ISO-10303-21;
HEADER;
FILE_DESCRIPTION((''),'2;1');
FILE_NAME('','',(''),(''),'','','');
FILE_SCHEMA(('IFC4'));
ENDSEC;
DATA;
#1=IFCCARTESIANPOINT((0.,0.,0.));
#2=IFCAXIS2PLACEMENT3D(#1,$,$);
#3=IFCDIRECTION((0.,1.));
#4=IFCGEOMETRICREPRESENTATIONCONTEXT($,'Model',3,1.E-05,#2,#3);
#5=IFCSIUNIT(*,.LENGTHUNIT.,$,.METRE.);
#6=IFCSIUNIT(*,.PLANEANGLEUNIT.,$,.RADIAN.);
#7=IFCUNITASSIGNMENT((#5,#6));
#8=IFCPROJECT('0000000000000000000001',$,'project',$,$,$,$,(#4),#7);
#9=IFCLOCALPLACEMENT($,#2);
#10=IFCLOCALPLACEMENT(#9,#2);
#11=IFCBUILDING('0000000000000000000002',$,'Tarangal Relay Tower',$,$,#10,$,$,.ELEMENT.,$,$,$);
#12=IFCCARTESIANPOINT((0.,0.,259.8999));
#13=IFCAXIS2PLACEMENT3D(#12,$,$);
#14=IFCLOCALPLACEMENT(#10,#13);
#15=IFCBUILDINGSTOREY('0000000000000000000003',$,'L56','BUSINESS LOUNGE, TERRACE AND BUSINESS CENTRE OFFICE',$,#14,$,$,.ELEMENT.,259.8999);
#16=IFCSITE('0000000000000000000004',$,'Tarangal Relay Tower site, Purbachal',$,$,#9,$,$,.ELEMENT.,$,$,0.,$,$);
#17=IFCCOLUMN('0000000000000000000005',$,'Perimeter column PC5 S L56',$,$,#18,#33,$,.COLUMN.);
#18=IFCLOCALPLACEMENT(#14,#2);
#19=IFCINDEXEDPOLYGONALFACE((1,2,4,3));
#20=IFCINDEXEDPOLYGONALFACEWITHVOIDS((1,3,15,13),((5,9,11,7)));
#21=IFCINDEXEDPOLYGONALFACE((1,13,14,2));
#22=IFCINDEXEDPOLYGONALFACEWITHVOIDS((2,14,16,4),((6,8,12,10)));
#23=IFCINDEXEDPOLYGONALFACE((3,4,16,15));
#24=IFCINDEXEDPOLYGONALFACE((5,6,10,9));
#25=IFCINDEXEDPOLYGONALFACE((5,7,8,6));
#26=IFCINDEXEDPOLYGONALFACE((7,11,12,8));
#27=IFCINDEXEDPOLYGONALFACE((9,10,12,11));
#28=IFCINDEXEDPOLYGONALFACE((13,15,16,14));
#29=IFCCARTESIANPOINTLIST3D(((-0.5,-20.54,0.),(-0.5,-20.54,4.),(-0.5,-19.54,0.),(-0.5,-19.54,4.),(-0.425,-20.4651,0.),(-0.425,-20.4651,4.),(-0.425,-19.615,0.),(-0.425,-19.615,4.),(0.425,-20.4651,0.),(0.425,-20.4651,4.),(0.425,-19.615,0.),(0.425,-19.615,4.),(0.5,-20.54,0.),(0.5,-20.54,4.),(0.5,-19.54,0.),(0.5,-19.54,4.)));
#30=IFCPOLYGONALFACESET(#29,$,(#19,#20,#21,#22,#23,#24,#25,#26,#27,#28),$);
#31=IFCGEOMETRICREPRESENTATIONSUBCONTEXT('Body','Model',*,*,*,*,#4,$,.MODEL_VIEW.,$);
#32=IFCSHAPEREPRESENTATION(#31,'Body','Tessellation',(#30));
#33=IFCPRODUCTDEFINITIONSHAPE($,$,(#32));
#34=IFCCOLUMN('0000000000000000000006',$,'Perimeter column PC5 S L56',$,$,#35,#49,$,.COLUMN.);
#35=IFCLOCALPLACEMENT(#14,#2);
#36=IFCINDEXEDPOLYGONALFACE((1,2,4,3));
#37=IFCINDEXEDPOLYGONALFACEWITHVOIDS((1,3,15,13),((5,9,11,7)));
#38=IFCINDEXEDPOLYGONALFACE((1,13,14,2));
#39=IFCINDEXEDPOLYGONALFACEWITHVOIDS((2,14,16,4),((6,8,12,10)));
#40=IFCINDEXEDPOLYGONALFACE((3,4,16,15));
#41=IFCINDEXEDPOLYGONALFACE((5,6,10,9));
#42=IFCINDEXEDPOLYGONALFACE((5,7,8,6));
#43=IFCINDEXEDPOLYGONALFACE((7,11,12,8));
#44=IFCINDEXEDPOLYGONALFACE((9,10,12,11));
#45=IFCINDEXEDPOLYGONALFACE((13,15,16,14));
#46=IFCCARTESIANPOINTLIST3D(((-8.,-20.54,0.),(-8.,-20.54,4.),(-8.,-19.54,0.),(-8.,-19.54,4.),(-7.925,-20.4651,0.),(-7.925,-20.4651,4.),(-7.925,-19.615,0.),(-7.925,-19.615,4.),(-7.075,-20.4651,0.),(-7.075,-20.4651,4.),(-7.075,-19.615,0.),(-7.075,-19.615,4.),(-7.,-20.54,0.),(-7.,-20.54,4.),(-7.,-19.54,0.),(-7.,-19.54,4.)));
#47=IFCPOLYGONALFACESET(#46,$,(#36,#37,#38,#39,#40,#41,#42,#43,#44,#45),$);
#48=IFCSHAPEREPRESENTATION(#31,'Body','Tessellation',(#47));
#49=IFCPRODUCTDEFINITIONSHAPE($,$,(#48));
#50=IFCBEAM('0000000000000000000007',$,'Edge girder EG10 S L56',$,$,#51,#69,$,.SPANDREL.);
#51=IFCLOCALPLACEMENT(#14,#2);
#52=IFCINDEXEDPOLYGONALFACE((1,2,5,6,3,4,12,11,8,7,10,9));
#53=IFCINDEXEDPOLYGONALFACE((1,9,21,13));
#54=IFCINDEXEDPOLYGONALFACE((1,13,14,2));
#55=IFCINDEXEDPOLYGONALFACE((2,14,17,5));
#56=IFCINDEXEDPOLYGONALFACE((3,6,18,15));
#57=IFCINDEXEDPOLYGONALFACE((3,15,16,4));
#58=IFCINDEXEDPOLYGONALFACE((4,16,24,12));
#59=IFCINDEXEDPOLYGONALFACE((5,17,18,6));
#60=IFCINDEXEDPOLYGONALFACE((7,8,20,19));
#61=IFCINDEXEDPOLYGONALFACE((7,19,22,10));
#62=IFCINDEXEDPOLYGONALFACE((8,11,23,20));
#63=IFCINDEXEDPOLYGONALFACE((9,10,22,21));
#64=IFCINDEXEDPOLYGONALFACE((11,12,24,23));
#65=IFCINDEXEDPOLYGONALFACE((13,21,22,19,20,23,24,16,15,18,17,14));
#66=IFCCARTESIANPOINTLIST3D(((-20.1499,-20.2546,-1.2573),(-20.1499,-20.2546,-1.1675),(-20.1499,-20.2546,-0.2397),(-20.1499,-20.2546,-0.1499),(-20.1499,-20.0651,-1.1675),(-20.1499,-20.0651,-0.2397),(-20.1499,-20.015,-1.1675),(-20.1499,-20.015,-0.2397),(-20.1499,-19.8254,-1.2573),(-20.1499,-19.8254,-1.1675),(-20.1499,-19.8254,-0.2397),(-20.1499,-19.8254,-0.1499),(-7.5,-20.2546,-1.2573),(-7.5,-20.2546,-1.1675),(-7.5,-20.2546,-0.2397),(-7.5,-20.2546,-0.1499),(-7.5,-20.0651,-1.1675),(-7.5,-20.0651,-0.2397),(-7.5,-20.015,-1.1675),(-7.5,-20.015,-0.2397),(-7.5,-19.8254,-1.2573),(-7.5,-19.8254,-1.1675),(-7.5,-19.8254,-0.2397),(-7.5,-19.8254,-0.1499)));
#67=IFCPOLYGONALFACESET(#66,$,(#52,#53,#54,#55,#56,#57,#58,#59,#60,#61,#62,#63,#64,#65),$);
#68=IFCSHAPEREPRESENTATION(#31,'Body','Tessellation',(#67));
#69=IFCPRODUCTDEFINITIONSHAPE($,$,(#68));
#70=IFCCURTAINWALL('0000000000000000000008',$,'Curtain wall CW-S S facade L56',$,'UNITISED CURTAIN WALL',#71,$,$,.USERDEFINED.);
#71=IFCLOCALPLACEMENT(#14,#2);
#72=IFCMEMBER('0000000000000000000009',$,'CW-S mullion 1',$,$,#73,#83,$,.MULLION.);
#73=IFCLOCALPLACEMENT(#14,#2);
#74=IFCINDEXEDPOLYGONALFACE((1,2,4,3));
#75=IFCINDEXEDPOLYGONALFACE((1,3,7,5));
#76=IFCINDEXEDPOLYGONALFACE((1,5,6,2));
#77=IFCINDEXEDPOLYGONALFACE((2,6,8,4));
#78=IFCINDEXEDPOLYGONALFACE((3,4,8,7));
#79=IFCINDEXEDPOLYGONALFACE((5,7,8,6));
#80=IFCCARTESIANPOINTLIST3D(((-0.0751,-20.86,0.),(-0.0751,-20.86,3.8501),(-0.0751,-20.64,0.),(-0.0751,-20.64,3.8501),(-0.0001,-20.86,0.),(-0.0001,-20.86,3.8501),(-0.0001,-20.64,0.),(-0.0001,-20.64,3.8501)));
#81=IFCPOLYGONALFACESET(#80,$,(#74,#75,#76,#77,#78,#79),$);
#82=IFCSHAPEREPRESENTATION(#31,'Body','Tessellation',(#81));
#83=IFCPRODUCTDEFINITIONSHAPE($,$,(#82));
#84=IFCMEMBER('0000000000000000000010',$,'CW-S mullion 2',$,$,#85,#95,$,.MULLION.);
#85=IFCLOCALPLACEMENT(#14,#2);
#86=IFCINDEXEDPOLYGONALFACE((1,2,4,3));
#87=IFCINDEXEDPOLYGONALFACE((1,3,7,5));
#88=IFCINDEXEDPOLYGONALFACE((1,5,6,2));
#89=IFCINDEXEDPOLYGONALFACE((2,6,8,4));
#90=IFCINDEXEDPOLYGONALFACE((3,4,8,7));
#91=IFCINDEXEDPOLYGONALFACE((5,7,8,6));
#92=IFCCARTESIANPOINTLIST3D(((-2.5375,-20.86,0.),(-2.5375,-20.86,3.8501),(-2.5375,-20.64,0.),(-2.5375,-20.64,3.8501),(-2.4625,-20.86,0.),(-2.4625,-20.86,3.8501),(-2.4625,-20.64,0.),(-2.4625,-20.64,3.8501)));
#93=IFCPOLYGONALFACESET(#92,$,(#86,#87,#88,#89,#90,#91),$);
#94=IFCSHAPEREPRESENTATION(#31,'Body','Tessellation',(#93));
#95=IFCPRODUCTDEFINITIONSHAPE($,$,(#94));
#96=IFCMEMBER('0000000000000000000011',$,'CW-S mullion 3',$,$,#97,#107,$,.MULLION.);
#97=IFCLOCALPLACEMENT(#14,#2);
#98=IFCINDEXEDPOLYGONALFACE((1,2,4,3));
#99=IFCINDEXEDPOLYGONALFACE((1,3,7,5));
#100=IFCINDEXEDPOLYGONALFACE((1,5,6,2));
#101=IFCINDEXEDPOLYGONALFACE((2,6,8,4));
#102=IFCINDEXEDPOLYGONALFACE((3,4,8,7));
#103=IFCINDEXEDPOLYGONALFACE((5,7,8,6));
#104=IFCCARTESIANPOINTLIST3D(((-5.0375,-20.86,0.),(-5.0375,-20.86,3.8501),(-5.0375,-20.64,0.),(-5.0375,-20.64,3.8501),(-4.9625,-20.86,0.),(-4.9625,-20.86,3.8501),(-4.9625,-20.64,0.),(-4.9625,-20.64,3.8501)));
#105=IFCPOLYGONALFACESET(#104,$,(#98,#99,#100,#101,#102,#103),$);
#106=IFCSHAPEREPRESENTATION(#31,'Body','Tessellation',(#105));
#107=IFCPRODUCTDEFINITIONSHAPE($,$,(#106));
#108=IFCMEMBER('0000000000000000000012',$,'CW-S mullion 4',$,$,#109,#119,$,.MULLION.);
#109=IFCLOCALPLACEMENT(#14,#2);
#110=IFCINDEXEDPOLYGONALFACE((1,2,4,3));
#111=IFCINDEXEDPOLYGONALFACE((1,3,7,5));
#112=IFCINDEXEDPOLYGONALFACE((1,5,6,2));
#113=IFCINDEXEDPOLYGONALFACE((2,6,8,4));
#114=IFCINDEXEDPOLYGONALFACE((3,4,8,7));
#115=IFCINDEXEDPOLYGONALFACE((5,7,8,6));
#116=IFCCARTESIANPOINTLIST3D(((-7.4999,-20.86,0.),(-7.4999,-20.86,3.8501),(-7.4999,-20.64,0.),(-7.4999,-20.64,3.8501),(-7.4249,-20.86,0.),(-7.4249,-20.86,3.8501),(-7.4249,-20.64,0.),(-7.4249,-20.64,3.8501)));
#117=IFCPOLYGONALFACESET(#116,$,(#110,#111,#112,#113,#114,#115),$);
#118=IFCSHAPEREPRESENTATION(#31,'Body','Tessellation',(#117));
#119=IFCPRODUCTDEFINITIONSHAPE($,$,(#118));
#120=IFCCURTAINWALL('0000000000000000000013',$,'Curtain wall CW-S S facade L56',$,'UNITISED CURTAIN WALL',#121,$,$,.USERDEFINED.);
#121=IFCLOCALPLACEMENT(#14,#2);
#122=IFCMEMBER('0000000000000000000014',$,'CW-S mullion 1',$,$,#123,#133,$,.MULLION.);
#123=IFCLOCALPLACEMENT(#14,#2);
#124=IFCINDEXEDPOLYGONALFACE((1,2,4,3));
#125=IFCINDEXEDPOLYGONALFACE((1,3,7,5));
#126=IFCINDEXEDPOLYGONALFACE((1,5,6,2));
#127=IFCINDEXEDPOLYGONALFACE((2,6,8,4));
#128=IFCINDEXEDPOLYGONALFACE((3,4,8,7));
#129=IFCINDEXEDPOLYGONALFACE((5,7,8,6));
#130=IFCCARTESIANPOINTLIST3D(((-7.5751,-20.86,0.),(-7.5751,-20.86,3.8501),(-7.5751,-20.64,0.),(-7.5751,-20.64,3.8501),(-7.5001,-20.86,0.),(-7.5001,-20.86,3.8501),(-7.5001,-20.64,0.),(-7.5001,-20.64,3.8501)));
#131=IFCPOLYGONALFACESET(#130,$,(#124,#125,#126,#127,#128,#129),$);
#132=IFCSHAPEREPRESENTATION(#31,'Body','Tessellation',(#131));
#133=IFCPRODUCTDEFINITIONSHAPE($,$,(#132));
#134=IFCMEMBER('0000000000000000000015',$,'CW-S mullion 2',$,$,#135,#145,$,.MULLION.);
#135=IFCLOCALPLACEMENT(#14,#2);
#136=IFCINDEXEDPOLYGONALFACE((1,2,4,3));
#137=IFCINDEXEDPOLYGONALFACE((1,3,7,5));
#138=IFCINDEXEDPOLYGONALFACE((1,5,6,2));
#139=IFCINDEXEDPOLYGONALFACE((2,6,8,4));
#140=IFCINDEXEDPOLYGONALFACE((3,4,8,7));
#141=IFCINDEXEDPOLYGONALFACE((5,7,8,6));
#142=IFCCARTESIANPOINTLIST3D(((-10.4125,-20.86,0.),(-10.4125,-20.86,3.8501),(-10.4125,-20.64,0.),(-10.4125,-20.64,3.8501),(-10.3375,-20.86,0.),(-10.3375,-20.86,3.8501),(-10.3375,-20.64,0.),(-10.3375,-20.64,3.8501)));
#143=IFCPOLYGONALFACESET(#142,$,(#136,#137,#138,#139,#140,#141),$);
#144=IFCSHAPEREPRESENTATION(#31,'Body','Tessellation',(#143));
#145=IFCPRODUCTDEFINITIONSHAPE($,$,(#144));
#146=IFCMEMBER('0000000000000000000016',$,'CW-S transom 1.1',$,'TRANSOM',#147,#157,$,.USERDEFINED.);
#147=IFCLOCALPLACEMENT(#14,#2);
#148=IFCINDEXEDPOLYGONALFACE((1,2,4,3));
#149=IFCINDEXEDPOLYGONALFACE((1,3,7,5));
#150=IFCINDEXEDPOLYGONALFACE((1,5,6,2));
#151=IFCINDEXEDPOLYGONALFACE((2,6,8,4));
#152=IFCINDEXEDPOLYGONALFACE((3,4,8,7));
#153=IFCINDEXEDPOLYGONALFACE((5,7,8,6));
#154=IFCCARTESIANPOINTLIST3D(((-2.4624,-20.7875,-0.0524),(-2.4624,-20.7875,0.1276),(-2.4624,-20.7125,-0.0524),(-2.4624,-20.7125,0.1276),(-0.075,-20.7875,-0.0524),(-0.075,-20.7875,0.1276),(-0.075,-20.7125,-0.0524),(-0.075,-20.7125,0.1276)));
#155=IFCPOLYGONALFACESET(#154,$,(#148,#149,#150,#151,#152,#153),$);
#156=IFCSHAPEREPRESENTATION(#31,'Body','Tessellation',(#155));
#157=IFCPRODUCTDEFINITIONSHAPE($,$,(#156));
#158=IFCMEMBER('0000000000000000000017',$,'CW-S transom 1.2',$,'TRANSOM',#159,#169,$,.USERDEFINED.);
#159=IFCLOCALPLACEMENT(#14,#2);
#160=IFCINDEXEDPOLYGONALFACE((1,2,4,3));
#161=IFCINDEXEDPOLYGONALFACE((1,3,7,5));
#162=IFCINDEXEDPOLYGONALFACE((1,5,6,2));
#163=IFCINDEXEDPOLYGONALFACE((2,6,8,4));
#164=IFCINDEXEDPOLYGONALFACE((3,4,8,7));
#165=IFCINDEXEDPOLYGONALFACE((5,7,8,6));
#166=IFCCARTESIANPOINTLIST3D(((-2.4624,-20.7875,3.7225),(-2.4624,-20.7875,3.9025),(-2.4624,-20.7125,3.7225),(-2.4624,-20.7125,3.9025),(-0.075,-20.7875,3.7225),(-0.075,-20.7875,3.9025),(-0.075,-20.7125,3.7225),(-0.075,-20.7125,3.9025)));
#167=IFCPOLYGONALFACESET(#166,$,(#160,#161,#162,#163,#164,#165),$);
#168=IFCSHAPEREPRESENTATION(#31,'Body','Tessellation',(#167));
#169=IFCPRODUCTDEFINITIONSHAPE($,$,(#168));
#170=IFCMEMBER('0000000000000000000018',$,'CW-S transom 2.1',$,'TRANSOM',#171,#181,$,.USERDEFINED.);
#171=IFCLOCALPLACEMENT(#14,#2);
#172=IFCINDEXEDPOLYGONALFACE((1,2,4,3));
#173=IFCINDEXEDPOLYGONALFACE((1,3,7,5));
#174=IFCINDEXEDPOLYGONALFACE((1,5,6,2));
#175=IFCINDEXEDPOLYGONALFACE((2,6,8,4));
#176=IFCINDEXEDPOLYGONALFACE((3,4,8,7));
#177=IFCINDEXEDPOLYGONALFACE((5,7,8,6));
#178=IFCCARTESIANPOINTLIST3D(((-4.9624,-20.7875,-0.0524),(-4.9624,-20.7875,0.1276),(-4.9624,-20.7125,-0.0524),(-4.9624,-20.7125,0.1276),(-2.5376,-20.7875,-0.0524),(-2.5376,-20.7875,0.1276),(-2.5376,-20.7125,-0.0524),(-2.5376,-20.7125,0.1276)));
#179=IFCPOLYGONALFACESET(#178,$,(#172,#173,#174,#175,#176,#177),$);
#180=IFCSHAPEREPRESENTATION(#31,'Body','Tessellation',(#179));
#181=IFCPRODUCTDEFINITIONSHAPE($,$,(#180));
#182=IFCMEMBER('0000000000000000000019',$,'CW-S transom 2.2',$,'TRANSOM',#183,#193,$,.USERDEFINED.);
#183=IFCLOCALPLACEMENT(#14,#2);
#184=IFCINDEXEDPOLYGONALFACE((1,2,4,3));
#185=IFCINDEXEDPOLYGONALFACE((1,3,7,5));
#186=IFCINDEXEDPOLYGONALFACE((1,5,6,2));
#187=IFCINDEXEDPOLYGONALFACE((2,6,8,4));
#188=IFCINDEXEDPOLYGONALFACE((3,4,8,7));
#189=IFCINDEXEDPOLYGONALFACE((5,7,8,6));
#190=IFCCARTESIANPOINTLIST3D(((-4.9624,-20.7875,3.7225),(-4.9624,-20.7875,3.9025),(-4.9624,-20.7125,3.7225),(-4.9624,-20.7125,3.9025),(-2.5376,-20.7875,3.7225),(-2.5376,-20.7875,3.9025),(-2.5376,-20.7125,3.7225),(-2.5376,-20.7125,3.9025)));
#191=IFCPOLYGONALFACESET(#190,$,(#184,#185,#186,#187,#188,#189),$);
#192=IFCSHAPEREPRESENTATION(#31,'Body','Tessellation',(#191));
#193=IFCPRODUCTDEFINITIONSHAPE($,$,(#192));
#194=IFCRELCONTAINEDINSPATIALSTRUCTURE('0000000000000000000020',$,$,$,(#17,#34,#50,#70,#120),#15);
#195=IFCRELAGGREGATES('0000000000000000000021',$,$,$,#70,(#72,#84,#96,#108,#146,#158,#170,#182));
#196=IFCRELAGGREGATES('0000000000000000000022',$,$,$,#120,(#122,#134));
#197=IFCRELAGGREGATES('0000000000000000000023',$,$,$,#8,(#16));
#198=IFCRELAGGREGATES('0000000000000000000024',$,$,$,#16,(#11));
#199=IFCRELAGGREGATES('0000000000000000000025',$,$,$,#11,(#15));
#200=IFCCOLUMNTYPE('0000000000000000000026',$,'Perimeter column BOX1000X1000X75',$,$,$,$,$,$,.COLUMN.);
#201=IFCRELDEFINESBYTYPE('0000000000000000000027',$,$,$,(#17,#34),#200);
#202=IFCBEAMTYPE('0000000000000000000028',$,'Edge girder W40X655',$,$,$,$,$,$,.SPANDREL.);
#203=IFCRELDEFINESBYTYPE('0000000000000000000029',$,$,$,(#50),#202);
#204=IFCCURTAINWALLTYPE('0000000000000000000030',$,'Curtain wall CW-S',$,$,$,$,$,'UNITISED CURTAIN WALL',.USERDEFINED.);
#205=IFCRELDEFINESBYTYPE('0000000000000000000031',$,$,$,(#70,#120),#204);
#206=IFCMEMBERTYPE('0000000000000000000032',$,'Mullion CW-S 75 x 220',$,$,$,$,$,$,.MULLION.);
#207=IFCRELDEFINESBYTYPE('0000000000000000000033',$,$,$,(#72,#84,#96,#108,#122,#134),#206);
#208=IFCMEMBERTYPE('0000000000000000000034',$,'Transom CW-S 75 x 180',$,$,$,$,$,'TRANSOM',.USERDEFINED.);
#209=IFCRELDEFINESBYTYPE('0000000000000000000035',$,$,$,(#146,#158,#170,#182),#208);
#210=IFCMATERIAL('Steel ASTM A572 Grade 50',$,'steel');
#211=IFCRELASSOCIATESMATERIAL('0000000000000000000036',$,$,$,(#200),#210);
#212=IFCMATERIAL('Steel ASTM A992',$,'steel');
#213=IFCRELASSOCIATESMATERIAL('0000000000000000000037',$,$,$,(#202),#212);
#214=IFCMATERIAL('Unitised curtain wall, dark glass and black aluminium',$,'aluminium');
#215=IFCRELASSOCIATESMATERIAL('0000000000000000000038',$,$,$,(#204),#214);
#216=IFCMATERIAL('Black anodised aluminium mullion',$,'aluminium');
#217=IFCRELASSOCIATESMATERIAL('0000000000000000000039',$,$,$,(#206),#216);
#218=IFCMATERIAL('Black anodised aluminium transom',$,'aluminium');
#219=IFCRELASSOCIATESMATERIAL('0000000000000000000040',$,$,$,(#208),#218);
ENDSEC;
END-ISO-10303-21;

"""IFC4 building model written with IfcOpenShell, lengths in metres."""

from ifc_helpers import new_model, si_unit, direction, frame, origin, origin_2d, place, context, subcontext, project, spatial, rectangle, hollow_rectangle, i_section, extrude, material, material_profile, profile_set, type_object, element, aggregate, save


model = new_model("IFC4")

# Units and contexts
model_context = context("Model", 3, precision=1e-05, world=origin(), true_north=direction((0.0, 1.0)))
body_context = subcontext(model_context, "Body", "Model", "MODEL_VIEW")
ifc_project = project(units=[si_unit("LENGTHUNIT", "METRE"), si_unit("PLANEANGLEUNIT", "RADIAN")], contexts=[model_context])

# Site, building, storey
site_placement = place(None, origin())
site = spatial("IfcSite", under=ifc_project, at=site_placement, Name="Tarangal Relay Tower site, Purbachal", CompositionType="ELEMENT", RefElevation=0.0)
building_placement = place(site_placement, origin())
building = spatial("IfcBuilding", under=site, at=building_placement, Name="Tarangal Relay Tower", CompositionType="ELEMENT")
storey_placement = place(building_placement, frame((0.0, 0.0, 259.8999)))
storey = spatial("IfcBuildingStorey", under=building, at=storey_placement, Name="L56", Description="BUSINESS LOUNGE, TERRACE AND BUSINESS CENTRE OFFICE", CompositionType="ELEMENT", Elevation=259.8999)

# Columns
ifc_material_1 = material(Name="Steel ASTM A572 Grade 50", Category="steel")
ifc_material_profile_1 = material_profile(ifc_material_1, hollow_rectangle(XDim=1.0, YDim=1.0, WallThickness=0.075, at=origin_2d()), Name="BOX1000X1000X75")
ifc_profile_set_1 = profile_set([ifc_material_profile_1], Name="Steel ASTM A572 Grade 50")
column_type = type_object("IfcColumnType", Name="Perimeter column BOX1000X1000X75", PredefinedType="COLUMN", material=ifc_profile_set_1)
for number, where, z_axis, x_axis, name in (
    (1, (0.0, -20.04, 0.0), (0.0, 0.0, 1.0), (1.0, 0.0, 0.0), "Perimeter column PC5 S L56"),
    (2, (-7.5, -20.04, 0.0), (0.0, 0.0, 1.0), (1.0, 0.0, 0.0), "Perimeter column PC5 S L56"),
):
    element("IfcColumn", number, at=place(storey_placement, frame(where, z_axis=z_axis, x_axis=x_axis)), inside=storey, type_object=column_type, Name=name, PredefinedType="COLUMN", context=body_context, shape_type="SweptSolid", body=[
        extrude(hollow_rectangle(XDim=1.0, YDim=1.0, WallThickness=0.075, at=origin_2d()), origin(), (0.0, 0.0, 1.0), 4.0),
    ])

# Beam
ifc_material_2 = material(Name="Steel ASTM A992", Category="steel")
ifc_material_profile_2 = material_profile(ifc_material_2, i_section(OverallWidth=0.4292, OverallDepth=1.1074, WebThickness=0.05, FlangeThickness=0.0898, at=origin_2d()), Name="W40X655")
ifc_profile_set_2 = profile_set([ifc_material_profile_2], Name="Steel ASTM A992")
beam_type = type_object("IfcBeamType", Name="Edge girder W40X655", PredefinedType="SPANDREL", material=ifc_profile_set_2)
beam_placement = place(storey_placement, frame((-7.5, -20.04, -0.7036), z_axis=(-1.0, 0.0, 0.0), x_axis=(0.0, -1.0, 0.0)))
element("IfcBeam", 3, at=beam_placement, inside=storey, type_object=beam_type, Name="Edge girder EG10 S L56", PredefinedType="SPANDREL", context=body_context, shape_type="SweptSolid", body=[
    extrude(i_section(OverallWidth=0.4292, OverallDepth=1.1074, WebThickness=0.05, FlangeThickness=0.0898, at=origin_2d()), origin(), (0.0, 0.0, 1.0), 12.6499),
])

# Curtain walls, members
ifc_material_3 = material(Name="Unitised curtain wall, dark glass and black aluminium", Category="aluminium")
curtain_wall_type = type_object("IfcCurtainWallType", Name="Curtain wall CW-S", ElementType="UNITISED CURTAIN WALL", PredefinedType="USERDEFINED", material=ifc_material_3)
curtain_wall_1_placement = place(storey_placement, origin())
curtain_wall_1 = element("IfcCurtainWall", 4, at=curtain_wall_1_placement, inside=storey, type_object=curtain_wall_type, Name="Curtain wall CW-S S facade L56", ObjectType="UNITISED CURTAIN WALL", PredefinedType="USERDEFINED")
ifc_material_4 = material(Name="Black anodised aluminium mullion", Category="aluminium")
ifc_material_profile_3 = material_profile(ifc_material_4, rectangle(XDim=0.22, YDim=0.075, at=origin_2d()), Name="CW-SM 75X220")
ifc_profile_set_3 = profile_set([ifc_material_profile_3], Name="Black anodised aluminium mullion")
member_type_1 = type_object("IfcMemberType", Name="Mullion CW-S 75 x 220", PredefinedType="MULLION", material=ifc_profile_set_3)
member_1_placement = place(storey_placement, frame((-0.0376, -20.75, 0.0), z_axis=(0.0, 0.0, 1.0), x_axis=(0.0, -1.0, 0.0)))
member_1 = element("IfcMember", 5, at=member_1_placement, type_object=member_type_1, Name="CW-S mullion 1", PredefinedType="MULLION", context=body_context, shape_type="SweptSolid", body=[
    extrude(rectangle(XDim=0.22, YDim=0.075, at=origin_2d()), origin(), (0.0, 0.0, 1.0), 3.8501),
])
member_2_placement = place(storey_placement, frame((-2.5, -20.75, 0.0), z_axis=(0.0, 0.0, 1.0), x_axis=(0.0, -1.0, 0.0)))
member_2 = element("IfcMember", 6, at=member_2_placement, type_object=member_type_1, Name="CW-S mullion 2", PredefinedType="MULLION", context=body_context, shape_type="SweptSolid", body=[
    extrude(rectangle(XDim=0.22, YDim=0.075, at=origin_2d()), origin(), (0.0, 0.0, 1.0), 3.8501),
])
member_3_placement = place(storey_placement, frame((-5.0, -20.75, 0.0), z_axis=(0.0, 0.0, 1.0), x_axis=(0.0, -1.0, 0.0)))
member_3 = element("IfcMember", 7, at=member_3_placement, type_object=member_type_1, Name="CW-S mullion 3", PredefinedType="MULLION", context=body_context, shape_type="SweptSolid", body=[
    extrude(rectangle(XDim=0.22, YDim=0.075, at=origin_2d()), origin(), (0.0, 0.0, 1.0), 3.8501),
])
member_4_placement = place(storey_placement, frame((-7.4624, -20.75, 0.0), z_axis=(0.0, 0.0, 1.0), x_axis=(0.0, -1.0, 0.0)))
member_4 = element("IfcMember", 8, at=member_4_placement, type_object=member_type_1, Name="CW-S mullion 4", PredefinedType="MULLION", context=body_context, shape_type="SweptSolid", body=[
    extrude(rectangle(XDim=0.22, YDim=0.075, at=origin_2d()), origin(), (0.0, 0.0, 1.0), 3.8501),
])
curtain_wall_2_placement = place(storey_placement, origin())
curtain_wall_2 = element("IfcCurtainWall", 9, at=curtain_wall_2_placement, inside=storey, type_object=curtain_wall_type, Name="Curtain wall CW-S S facade L56", ObjectType="UNITISED CURTAIN WALL", PredefinedType="USERDEFINED")
member_5_placement = place(storey_placement, frame((-7.5376, -20.75, 0.0), z_axis=(0.0, 0.0, 1.0), x_axis=(0.0, -1.0, 0.0)))
member_5 = element("IfcMember", 10, at=member_5_placement, type_object=member_type_1, Name="CW-S mullion 1", PredefinedType="MULLION", context=body_context, shape_type="SweptSolid", body=[
    extrude(rectangle(XDim=0.22, YDim=0.075, at=origin_2d()), origin(), (0.0, 0.0, 1.0), 3.8501),
])
member_6_placement = place(storey_placement, frame((-10.375, -20.75, 0.0), z_axis=(0.0, 0.0, 1.0), x_axis=(0.0, -1.0, 0.0)))
member_6 = element("IfcMember", 11, at=member_6_placement, type_object=member_type_1, Name="CW-S mullion 2", PredefinedType="MULLION", context=body_context, shape_type="SweptSolid", body=[
    extrude(rectangle(XDim=0.22, YDim=0.075, at=origin_2d()), origin(), (0.0, 0.0, 1.0), 3.8501),
])

# Members
ifc_material_5 = material(Name="Black anodised aluminium transom", Category="aluminium")
ifc_material_profile_4 = material_profile(ifc_material_5, rectangle(XDim=0.075, YDim=0.1799, at=origin_2d()), Name="CW-ST 75X180")
ifc_profile_set_4 = profile_set([ifc_material_profile_4], Name="Black anodised aluminium transom")
member_type_2 = type_object("IfcMemberType", Name="Transom CW-S 75 x 180", ElementType="TRANSOM", PredefinedType="USERDEFINED", material=ifc_profile_set_4)
member_7_placement = place(storey_placement, frame((-0.075, -20.75, 0.0376), z_axis=(-1.0, 0.0, 0.0), x_axis=(0.0, -1.0, 0.0)))
member_7 = element("IfcMember", 12, at=member_7_placement, type_object=member_type_2, Name="CW-S transom 1.1", ObjectType="TRANSOM", PredefinedType="USERDEFINED", context=body_context, shape_type="SweptSolid", body=[
    extrude(rectangle(XDim=0.075, YDim=0.1799, at=origin_2d()), origin(), (0.0, 0.0, 1.0), 2.3875),
])
member_8_placement = place(storey_placement, frame((-0.075, -20.75, 3.8125), z_axis=(-1.0, 0.0, 0.0), x_axis=(0.0, -1.0, 0.0)))
member_8 = element("IfcMember", 13, at=member_8_placement, type_object=member_type_2, Name="CW-S transom 1.2", ObjectType="TRANSOM", PredefinedType="USERDEFINED", context=body_context, shape_type="SweptSolid", body=[
    extrude(rectangle(XDim=0.075, YDim=0.1799, at=origin_2d()), origin(), (0.0, 0.0, 1.0), 2.3875),
])
member_9_placement = place(storey_placement, frame((-2.5376, -20.75, 0.0376), z_axis=(-1.0, 0.0, 0.0), x_axis=(0.0, -1.0, 0.0)))
member_9 = element("IfcMember", 14, at=member_9_placement, type_object=member_type_2, Name="CW-S transom 2.1", ObjectType="TRANSOM", PredefinedType="USERDEFINED", context=body_context, shape_type="SweptSolid", body=[
    extrude(rectangle(XDim=0.075, YDim=0.1799, at=origin_2d()), origin(), (0.0, 0.0, 1.0), 2.4248),
])
member_10_placement = place(storey_placement, frame((-2.5376, -20.75, 3.8125), z_axis=(-1.0, 0.0, 0.0), x_axis=(0.0, -1.0, 0.0)))
member_10 = element("IfcMember", 15, at=member_10_placement, type_object=member_type_2, Name="CW-S transom 2.2", ObjectType="TRANSOM", PredefinedType="USERDEFINED", context=body_context, shape_type="SweptSolid", body=[
    extrude(rectangle(XDim=0.075, YDim=0.1799, at=origin_2d()), origin(), (0.0, 0.0, 1.0), 2.4248),
])

aggregate(curtain_wall_1, [member_1, member_2, member_3, member_4, member_7, member_8, member_9, member_10])
aggregate(curtain_wall_2, [member_5, member_6])

save(model, "model.ifc")
